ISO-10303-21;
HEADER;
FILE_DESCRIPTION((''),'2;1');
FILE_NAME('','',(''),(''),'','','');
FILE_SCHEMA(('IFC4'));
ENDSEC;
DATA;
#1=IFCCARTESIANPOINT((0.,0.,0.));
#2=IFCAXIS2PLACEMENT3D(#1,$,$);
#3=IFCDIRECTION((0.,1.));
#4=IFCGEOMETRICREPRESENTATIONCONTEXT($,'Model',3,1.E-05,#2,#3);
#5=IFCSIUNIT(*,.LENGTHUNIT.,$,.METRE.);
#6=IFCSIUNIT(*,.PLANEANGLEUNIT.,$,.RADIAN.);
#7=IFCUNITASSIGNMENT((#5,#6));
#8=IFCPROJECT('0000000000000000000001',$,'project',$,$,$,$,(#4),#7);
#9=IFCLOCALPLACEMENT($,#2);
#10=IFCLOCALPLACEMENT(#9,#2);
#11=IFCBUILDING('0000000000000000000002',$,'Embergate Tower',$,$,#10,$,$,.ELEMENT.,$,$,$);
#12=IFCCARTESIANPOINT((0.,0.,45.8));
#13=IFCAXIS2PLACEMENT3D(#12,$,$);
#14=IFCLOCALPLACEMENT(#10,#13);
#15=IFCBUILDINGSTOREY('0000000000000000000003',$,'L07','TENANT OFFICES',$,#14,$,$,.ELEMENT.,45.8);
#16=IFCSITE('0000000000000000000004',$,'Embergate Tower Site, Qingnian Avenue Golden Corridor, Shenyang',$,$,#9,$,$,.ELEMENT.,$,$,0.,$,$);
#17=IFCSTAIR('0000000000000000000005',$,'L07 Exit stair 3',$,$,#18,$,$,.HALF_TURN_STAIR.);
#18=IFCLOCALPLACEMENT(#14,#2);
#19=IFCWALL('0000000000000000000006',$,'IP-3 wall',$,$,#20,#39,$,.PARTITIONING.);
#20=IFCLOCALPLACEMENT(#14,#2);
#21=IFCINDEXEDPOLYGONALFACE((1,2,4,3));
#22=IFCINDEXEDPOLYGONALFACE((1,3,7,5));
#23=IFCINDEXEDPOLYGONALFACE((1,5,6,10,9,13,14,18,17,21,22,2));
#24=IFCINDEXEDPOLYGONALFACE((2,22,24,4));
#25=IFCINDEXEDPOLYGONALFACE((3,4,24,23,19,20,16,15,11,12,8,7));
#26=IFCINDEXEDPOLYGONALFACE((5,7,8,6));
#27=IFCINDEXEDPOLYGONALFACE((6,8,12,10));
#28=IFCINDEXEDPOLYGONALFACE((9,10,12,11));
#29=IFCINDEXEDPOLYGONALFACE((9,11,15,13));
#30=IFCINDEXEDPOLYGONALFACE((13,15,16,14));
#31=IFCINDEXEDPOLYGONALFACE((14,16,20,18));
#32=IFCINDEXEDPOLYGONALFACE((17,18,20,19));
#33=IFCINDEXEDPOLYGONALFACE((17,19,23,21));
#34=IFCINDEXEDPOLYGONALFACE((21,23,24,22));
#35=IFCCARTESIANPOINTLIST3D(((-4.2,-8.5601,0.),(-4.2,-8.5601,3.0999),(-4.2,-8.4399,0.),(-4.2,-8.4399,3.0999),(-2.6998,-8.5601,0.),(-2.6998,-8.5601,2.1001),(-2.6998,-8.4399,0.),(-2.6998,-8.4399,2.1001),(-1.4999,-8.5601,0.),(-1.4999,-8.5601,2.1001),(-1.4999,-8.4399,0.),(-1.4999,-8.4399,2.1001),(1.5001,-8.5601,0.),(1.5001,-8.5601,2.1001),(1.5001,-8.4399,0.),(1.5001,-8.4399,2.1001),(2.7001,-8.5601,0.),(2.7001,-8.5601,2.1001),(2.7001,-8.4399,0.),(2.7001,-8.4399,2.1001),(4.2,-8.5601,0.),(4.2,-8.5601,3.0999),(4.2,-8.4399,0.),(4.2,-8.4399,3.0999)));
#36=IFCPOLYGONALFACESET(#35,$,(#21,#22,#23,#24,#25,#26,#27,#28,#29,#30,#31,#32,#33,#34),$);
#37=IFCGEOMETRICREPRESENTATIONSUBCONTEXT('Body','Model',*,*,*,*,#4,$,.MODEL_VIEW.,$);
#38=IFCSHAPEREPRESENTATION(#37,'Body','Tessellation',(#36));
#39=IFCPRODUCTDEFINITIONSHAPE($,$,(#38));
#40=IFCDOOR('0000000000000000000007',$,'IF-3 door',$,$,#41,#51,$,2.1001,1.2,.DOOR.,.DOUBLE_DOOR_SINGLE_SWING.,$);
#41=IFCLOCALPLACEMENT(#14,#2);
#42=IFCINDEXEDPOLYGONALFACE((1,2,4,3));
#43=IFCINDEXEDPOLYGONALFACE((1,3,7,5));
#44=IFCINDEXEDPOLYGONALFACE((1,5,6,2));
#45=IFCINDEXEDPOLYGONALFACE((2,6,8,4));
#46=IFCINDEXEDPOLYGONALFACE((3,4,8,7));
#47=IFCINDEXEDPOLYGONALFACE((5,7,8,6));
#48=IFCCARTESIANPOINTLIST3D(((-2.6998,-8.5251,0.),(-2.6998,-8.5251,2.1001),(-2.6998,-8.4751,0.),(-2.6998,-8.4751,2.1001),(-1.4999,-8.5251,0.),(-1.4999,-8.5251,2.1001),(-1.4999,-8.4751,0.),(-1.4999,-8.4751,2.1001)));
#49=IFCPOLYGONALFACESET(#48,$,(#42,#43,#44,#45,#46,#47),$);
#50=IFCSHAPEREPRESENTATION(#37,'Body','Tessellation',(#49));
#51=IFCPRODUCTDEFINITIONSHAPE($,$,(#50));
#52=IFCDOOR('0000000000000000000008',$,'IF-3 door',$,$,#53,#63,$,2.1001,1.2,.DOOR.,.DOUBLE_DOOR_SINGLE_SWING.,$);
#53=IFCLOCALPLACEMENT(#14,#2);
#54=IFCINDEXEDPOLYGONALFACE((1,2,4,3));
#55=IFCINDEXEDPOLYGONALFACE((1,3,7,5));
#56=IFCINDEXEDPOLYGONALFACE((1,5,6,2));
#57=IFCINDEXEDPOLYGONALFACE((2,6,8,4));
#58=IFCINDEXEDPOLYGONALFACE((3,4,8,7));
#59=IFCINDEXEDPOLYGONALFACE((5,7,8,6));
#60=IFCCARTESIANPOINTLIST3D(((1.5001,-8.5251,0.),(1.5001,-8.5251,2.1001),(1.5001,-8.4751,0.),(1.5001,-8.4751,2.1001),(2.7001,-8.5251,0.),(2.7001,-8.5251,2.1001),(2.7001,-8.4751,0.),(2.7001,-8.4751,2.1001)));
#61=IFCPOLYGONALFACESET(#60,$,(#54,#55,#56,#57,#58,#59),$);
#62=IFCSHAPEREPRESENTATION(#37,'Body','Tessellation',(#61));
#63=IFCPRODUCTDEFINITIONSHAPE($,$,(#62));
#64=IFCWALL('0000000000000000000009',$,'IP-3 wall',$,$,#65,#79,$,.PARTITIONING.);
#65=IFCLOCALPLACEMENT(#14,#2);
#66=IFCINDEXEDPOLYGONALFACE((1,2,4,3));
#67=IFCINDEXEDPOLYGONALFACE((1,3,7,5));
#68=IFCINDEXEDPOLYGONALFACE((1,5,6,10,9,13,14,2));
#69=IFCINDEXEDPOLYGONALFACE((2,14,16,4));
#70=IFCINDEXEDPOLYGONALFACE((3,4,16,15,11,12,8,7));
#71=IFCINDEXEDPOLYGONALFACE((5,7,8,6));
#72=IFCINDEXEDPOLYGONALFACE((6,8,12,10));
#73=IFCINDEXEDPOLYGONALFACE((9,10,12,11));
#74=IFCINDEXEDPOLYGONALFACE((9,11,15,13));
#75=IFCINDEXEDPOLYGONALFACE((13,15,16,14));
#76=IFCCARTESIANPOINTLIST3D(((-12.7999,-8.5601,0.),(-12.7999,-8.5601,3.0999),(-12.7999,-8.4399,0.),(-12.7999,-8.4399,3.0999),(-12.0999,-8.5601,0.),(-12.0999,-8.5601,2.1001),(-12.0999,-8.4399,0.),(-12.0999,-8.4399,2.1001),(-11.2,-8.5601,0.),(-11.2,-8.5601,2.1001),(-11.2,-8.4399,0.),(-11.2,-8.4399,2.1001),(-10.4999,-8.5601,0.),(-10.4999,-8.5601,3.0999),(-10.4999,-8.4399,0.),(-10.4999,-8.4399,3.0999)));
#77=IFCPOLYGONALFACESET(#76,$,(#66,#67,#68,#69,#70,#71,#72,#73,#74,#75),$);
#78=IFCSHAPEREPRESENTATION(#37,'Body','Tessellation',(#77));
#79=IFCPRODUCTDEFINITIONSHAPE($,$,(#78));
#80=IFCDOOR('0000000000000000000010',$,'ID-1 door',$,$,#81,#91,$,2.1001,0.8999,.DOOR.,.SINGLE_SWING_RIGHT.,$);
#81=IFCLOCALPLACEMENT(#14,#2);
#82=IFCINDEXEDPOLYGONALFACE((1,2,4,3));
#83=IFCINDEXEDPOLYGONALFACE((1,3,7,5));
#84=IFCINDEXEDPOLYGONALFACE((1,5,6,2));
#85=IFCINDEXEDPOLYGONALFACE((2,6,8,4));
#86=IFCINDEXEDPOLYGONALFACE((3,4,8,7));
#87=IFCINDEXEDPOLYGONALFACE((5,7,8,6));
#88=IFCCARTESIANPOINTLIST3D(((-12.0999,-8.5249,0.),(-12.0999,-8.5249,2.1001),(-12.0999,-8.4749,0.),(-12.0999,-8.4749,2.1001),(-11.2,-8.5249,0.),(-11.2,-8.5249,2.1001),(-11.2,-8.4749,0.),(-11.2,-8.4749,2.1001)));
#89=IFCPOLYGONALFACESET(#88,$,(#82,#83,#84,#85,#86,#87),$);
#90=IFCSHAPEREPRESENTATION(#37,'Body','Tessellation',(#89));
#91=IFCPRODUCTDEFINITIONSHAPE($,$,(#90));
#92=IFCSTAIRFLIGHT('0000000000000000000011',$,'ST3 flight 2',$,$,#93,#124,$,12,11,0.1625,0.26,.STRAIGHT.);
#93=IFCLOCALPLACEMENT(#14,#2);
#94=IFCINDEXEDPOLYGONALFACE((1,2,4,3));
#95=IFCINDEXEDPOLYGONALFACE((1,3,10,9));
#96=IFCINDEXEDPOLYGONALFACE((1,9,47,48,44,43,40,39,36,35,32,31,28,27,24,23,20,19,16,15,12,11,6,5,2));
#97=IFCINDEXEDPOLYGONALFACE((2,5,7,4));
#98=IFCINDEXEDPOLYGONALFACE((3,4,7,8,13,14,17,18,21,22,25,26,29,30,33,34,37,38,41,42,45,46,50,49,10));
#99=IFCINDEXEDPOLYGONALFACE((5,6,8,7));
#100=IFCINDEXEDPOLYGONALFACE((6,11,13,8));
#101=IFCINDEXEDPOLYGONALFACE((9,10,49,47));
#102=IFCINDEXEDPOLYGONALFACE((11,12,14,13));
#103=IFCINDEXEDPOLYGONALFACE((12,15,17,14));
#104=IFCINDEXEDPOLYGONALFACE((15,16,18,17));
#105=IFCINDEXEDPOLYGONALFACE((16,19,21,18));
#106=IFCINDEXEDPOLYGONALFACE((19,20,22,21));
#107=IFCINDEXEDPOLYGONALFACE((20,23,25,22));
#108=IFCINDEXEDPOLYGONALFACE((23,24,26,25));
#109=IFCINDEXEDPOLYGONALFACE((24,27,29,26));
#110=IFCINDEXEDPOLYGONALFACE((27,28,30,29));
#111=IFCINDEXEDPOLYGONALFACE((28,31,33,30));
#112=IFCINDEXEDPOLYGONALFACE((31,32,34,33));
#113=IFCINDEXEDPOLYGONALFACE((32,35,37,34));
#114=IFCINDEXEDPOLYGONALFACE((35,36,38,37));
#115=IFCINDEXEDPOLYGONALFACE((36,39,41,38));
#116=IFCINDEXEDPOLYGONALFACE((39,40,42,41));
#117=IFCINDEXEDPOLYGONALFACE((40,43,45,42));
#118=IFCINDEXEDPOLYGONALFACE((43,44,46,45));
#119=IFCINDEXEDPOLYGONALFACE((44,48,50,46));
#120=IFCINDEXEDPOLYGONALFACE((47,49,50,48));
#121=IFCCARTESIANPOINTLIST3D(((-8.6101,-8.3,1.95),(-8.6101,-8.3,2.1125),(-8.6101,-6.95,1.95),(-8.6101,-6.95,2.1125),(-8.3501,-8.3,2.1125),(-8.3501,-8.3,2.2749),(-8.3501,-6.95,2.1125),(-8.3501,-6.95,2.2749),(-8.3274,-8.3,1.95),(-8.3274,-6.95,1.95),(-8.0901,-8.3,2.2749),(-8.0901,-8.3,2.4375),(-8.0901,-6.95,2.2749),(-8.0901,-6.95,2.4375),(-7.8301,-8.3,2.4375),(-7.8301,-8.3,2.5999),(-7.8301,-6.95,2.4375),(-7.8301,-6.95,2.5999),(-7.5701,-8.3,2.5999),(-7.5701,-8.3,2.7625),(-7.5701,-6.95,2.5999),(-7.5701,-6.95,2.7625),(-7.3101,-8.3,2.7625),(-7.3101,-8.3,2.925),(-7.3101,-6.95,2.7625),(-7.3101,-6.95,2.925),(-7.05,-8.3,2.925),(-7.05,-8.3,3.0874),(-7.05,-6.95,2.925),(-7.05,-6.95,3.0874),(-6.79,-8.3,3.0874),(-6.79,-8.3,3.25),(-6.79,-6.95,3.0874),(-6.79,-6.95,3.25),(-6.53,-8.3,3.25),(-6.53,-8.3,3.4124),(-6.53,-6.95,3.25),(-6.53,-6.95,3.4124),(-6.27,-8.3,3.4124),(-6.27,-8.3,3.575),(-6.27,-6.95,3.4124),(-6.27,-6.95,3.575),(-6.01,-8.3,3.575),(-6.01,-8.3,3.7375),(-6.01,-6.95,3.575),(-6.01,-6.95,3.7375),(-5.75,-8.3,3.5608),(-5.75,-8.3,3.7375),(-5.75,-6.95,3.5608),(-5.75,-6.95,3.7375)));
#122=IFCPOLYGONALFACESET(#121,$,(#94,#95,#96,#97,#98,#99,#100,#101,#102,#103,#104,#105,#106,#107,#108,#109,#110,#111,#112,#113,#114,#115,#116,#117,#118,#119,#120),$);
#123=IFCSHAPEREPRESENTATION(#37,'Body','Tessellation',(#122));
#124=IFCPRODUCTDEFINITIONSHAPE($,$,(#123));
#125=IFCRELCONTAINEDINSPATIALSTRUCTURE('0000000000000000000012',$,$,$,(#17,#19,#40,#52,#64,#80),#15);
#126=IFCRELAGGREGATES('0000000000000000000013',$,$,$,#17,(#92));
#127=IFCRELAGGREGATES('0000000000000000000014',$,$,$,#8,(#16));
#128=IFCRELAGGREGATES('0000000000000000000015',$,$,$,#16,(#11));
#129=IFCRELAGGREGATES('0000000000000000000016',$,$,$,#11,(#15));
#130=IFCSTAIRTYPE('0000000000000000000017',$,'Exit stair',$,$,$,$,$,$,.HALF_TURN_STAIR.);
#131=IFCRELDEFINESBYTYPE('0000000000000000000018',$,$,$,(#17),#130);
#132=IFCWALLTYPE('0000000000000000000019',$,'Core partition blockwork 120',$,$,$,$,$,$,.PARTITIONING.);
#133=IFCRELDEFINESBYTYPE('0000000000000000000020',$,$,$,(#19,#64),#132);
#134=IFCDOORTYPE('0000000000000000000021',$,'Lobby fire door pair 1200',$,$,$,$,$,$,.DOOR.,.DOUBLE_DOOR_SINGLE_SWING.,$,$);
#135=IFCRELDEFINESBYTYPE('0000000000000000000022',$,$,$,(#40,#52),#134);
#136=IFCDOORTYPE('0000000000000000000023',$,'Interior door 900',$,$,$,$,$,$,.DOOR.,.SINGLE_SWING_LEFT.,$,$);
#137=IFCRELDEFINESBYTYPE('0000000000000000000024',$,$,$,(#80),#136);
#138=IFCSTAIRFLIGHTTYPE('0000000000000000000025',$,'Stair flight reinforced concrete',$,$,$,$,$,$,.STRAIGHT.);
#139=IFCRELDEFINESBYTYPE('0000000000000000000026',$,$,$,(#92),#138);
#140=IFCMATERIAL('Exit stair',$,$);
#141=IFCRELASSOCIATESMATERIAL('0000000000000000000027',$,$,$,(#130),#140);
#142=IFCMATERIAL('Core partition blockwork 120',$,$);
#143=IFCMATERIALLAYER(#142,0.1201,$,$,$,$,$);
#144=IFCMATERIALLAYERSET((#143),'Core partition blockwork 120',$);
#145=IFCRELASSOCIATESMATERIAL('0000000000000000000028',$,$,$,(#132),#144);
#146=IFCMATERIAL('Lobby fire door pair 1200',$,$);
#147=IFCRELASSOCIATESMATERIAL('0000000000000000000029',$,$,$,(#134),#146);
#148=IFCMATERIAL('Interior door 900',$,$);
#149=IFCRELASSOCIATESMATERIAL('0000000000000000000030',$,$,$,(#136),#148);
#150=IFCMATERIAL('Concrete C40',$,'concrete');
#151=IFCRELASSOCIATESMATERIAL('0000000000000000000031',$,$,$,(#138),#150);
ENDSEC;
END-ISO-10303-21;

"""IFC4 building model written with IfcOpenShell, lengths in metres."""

from ifc_helpers import new_model, si_unit, direction, frame, frame_2d, origin, place, context, subcontext, project, spatial, polyline, rectangle, outline, extrude, source, transform, mapped, material, layer, layer_set, type_object, element, fill, aggregate, save


model = new_model("IFC4")

# Units and contexts
model_context = context("Model", 3, precision=1e-05, world=origin(), true_north=direction((0.0, 1.0)))
body_context = subcontext(model_context, "Body", "Model", "MODEL_VIEW")
ifc_project = project(units=[si_unit("LENGTHUNIT", "METRE"), si_unit("PLANEANGLEUNIT", "RADIAN")], contexts=[model_context])

# Site, building, storey
site_placement = place(None, origin())
site = spatial("IfcSite", under=ifc_project, at=site_placement, Name="Embergate Tower Site, Qingnian Avenue Golden Corridor, Shenyang", CompositionType="ELEMENT", RefElevation=0.0)
building_placement = place(site_placement, origin())
building = spatial("IfcBuilding", under=site, at=building_placement, Name="Embergate Tower", CompositionType="ELEMENT")
storey_placement = place(building_placement, frame((0.0, 0.0, 45.8)))
storey = spatial("IfcBuildingStorey", under=building, at=storey_placement, Name="L07", Description="TENANT OFFICES", CompositionType="ELEMENT", Elevation=45.8)

# Stair
ifc_material_1 = material(Name="Exit stair")
stair_type = type_object("IfcStairType", Name="Exit stair", PredefinedType="HALF_TURN_STAIR", material=ifc_material_1)
stair_placement = place(storey_placement, origin())
stair = element("IfcStair", 1, at=stair_placement, inside=storey, type_object=stair_type, Name="L07 Exit stair 3", PredefinedType="HALF_TURN_STAIR")
ifc_material_2 = material(Name="Concrete C40", Category="concrete")

# Shared definitions
shared_shape_1 = source(origin(), body_context, "Body", "SweptSolid", [
    extrude(rectangle(XDim=1.2, YDim=2.1001, at=frame_2d((0.6001, 1.05))), frame((0.0, 0.0249, 0.0), z_axis=(0.0, -1.0, 0.0), x_axis=(1.0, 0.0, 0.0)), (0.0, 0.0, 1.0), 0.05),
])

# Shared definitions
shared_shape_2 = source(origin(), body_context, "Body", "SweptSolid", [
    extrude(rectangle(XDim=0.8999, YDim=2.1001, at=frame_2d((0.45, 1.05))), frame((0.0, 0.0249, 0.0), z_axis=(0.0, -1.0, 0.0), x_axis=(1.0, 0.0, 0.0)), (0.0, 0.0, 1.0), 0.05),
])

# Wall, openings, doors
ifc_material_3 = material(Name="Core partition blockwork 120")
ifc_layer_1 = layer(ifc_material_3, 0.1201)
ifc_layer_set_1 = layer_set([ifc_layer_1], Name="Core partition blockwork 120")
wall_type_1 = type_object("IfcWallType", Name="Core partition blockwork 120", PredefinedType="PARTITIONING", material=ifc_layer_set_1)
shared_shape_3 = source(origin(), body_context, "Body", "SweptSolid", [
    extrude(rectangle(XDim=8.3999, YDim=0.1201, at=frame_2d((4.2, 0.0))), origin(), (0.0, 0.0, 1.0), 3.0999),
])
wall_1_placement = place(storey_placement, frame((-4.2, -8.5, 0.0), z_axis=(0.0, 0.0, 1.0), x_axis=(1.0, 0.0, 0.0)))
wall_1 = element("IfcWall", 2, at=wall_1_placement, inside=storey, type_object=wall_type_1, Name="IP-3 wall", PredefinedType="PARTITIONING", context=body_context, shape_type="MappedRepresentation", body=[
    mapped(shared_shape_3, transform((0.0, 0.0, 0.0))),
])
shared_shape_4 = source(origin(), body_context, "Body", "SweptSolid", [
    extrude(rectangle(XDim=1.2, YDim=2.1001, at=frame_2d((0.6001, 1.05))), frame((0.0, 0.0701, 0.0), z_axis=(0.0, -1.0, 0.0), x_axis=(1.0, 0.0, 0.0)), (0.0, 0.0, 1.0), 0.1401),
])
opening_1_placement = place(wall_1_placement, frame((1.5, 0.0, 0.0)))
opening_1 = element("IfcOpeningElement", 3, at=opening_1_placement, cuts=wall_1, PredefinedType="OPENING", context=body_context, shape_type="MappedRepresentation", body=[
    mapped(shared_shape_4, transform((0.0, 0.0, 0.0))),
])
opening_2_placement = place(wall_1_placement, frame((5.7, 0.0, 0.0)))
opening_2 = element("IfcOpeningElement", 4, at=opening_2_placement, cuts=wall_1, PredefinedType="OPENING", context=body_context, shape_type="MappedRepresentation", body=[
    mapped(shared_shape_4, transform((0.0, 0.0, 0.0))),
])
ifc_material_4 = material(Name="Lobby fire door pair 1200")
door_type_1 = type_object("IfcDoorType", Name="Lobby fire door pair 1200", OperationType="DOUBLE_DOOR_SINGLE_SWING", PredefinedType="DOOR", material=ifc_material_4)
door_1_placement = place(opening_1_placement, origin())
door_1 = element("IfcDoor", 5, at=door_1_placement, inside=storey, type_object=door_type_1, Name="IF-3 door", OperationType="DOUBLE_DOOR_SINGLE_SWING", OverallHeight=2.1001, OverallWidth=1.2, PredefinedType="DOOR", context=body_context, shape_type="MappedRepresentation", body=[
    mapped(shared_shape_1, transform((0.0, 0.0, 0.0))),
])
fill(opening_1, door_1)
door_2_placement = place(opening_2_placement, origin())
door_2 = element("IfcDoor", 6, at=door_2_placement, inside=storey, type_object=door_type_1, Name="IF-3 door", OperationType="DOUBLE_DOOR_SINGLE_SWING", OverallHeight=2.1001, OverallWidth=1.2, PredefinedType="DOOR", context=body_context, shape_type="MappedRepresentation", body=[
    mapped(shared_shape_1, transform((0.0, 0.0, 0.0))),
])
fill(opening_2, door_2)

# Wall, opening, door
shared_shape_5 = source(origin(), body_context, "Body", "SweptSolid", [
    extrude(rectangle(XDim=2.3, YDim=0.1201, at=frame_2d((1.1499, 0.0))), origin(), (0.0, 0.0, 1.0), 3.0999),
])
wall_2_placement = place(storey_placement, frame((-10.5, -8.5, 0.0), z_axis=(0.0, 0.0, 1.0), x_axis=(-1.0, 0.0, 0.0)))
wall_2 = element("IfcWall", 7, at=wall_2_placement, inside=storey, type_object=wall_type_1, Name="IP-3 wall", PredefinedType="PARTITIONING", context=body_context, shape_type="MappedRepresentation", body=[
    mapped(shared_shape_5, transform((0.0, 0.0, 0.0))),
])
shared_shape_6 = source(origin(), body_context, "Body", "SweptSolid", [
    extrude(rectangle(XDim=0.8999, YDim=2.1001, at=frame_2d((0.45, 1.05))), frame((0.0, 0.0701, 0.0), z_axis=(0.0, -1.0, 0.0), x_axis=(1.0, 0.0, 0.0)), (0.0, 0.0, 1.0), 0.1401),
])
opening_3_placement = place(wall_2_placement, frame((0.7, 0.0, 0.0)))
opening_3 = element("IfcOpeningElement", 8, at=opening_3_placement, cuts=wall_2, PredefinedType="OPENING", context=body_context, shape_type="MappedRepresentation", body=[
    mapped(shared_shape_6, transform((0.0, 0.0, 0.0))),
])
ifc_material_5 = material(Name="Interior door 900")
door_type_2 = type_object("IfcDoorType", Name="Interior door 900", OperationType="SINGLE_SWING_LEFT", PredefinedType="DOOR", material=ifc_material_5)
door_3_placement = place(opening_3_placement, origin())
door_3 = element("IfcDoor", 9, at=door_3_placement, inside=storey, type_object=door_type_2, Name="ID-1 door", OperationType="SINGLE_SWING_RIGHT", OverallHeight=2.1001, OverallWidth=0.8999, PredefinedType="DOOR", context=body_context, shape_type="MappedRepresentation", body=[
    mapped(shared_shape_2, transform((0.0, 0.0, 0.0))),
])
fill(opening_3, door_3)

# Stair flight
stair_flight_type = type_object("IfcStairFlightType", Name="Stair flight reinforced concrete", PredefinedType="STRAIGHT", material=ifc_material_2)
shared_shape_7 = source(origin(), body_context, "Body", "SweptSolid", [
    extrude(outline(polyline([(0.0, 0.0), (0.0, 0.1626), (0.26, 0.1626), (0.26, 0.325), (0.52, 0.325), (0.52, 0.4875), (0.78, 0.4875), (0.78, 0.6499), (1.04, 0.6499), (1.04, 0.8125), (1.3, 0.8125), (1.3, 0.9751), (1.5601, 0.9751), (1.5601, 1.1375), (1.8201, 1.1375), (1.8201, 1.3), (2.0801, 1.3), (2.0801, 1.4624), (2.3401, 1.4624), (2.3401, 1.625), (2.6001, 1.625), (2.6001, 1.7876), (2.8601, 1.7876), (2.8601, 1.95), (2.8601, 1.6108), (0.2827, 0.0), (0.0, 0.0)])), frame((0.0, 0.675, 0.0), z_axis=(0.0, -1.0, 0.0), x_axis=(1.0, 0.0, 0.0)), (0.0, 0.0, 1.0), 1.3501),
])
stair_flight_placement = place(storey_placement, frame((-8.6101, -7.625, 1.95), z_axis=(0.0, 0.0, 1.0), x_axis=(1.0, 0.0, 0.0)))
stair_flight = element("IfcStairFlight", 10, at=stair_flight_placement, type_object=stair_flight_type, Name="ST3 flight 2", NumberOfRisers=12, NumberOfTreads=11, PredefinedType="STRAIGHT", RiserHeight=0.1625, TreadLength=0.26, context=body_context, shape_type="MappedRepresentation", body=[
    mapped(shared_shape_7, transform((0.0, 0.0, 0.0))),
])
aggregate(stair, [stair_flight])

save(model, "model.ifc")
